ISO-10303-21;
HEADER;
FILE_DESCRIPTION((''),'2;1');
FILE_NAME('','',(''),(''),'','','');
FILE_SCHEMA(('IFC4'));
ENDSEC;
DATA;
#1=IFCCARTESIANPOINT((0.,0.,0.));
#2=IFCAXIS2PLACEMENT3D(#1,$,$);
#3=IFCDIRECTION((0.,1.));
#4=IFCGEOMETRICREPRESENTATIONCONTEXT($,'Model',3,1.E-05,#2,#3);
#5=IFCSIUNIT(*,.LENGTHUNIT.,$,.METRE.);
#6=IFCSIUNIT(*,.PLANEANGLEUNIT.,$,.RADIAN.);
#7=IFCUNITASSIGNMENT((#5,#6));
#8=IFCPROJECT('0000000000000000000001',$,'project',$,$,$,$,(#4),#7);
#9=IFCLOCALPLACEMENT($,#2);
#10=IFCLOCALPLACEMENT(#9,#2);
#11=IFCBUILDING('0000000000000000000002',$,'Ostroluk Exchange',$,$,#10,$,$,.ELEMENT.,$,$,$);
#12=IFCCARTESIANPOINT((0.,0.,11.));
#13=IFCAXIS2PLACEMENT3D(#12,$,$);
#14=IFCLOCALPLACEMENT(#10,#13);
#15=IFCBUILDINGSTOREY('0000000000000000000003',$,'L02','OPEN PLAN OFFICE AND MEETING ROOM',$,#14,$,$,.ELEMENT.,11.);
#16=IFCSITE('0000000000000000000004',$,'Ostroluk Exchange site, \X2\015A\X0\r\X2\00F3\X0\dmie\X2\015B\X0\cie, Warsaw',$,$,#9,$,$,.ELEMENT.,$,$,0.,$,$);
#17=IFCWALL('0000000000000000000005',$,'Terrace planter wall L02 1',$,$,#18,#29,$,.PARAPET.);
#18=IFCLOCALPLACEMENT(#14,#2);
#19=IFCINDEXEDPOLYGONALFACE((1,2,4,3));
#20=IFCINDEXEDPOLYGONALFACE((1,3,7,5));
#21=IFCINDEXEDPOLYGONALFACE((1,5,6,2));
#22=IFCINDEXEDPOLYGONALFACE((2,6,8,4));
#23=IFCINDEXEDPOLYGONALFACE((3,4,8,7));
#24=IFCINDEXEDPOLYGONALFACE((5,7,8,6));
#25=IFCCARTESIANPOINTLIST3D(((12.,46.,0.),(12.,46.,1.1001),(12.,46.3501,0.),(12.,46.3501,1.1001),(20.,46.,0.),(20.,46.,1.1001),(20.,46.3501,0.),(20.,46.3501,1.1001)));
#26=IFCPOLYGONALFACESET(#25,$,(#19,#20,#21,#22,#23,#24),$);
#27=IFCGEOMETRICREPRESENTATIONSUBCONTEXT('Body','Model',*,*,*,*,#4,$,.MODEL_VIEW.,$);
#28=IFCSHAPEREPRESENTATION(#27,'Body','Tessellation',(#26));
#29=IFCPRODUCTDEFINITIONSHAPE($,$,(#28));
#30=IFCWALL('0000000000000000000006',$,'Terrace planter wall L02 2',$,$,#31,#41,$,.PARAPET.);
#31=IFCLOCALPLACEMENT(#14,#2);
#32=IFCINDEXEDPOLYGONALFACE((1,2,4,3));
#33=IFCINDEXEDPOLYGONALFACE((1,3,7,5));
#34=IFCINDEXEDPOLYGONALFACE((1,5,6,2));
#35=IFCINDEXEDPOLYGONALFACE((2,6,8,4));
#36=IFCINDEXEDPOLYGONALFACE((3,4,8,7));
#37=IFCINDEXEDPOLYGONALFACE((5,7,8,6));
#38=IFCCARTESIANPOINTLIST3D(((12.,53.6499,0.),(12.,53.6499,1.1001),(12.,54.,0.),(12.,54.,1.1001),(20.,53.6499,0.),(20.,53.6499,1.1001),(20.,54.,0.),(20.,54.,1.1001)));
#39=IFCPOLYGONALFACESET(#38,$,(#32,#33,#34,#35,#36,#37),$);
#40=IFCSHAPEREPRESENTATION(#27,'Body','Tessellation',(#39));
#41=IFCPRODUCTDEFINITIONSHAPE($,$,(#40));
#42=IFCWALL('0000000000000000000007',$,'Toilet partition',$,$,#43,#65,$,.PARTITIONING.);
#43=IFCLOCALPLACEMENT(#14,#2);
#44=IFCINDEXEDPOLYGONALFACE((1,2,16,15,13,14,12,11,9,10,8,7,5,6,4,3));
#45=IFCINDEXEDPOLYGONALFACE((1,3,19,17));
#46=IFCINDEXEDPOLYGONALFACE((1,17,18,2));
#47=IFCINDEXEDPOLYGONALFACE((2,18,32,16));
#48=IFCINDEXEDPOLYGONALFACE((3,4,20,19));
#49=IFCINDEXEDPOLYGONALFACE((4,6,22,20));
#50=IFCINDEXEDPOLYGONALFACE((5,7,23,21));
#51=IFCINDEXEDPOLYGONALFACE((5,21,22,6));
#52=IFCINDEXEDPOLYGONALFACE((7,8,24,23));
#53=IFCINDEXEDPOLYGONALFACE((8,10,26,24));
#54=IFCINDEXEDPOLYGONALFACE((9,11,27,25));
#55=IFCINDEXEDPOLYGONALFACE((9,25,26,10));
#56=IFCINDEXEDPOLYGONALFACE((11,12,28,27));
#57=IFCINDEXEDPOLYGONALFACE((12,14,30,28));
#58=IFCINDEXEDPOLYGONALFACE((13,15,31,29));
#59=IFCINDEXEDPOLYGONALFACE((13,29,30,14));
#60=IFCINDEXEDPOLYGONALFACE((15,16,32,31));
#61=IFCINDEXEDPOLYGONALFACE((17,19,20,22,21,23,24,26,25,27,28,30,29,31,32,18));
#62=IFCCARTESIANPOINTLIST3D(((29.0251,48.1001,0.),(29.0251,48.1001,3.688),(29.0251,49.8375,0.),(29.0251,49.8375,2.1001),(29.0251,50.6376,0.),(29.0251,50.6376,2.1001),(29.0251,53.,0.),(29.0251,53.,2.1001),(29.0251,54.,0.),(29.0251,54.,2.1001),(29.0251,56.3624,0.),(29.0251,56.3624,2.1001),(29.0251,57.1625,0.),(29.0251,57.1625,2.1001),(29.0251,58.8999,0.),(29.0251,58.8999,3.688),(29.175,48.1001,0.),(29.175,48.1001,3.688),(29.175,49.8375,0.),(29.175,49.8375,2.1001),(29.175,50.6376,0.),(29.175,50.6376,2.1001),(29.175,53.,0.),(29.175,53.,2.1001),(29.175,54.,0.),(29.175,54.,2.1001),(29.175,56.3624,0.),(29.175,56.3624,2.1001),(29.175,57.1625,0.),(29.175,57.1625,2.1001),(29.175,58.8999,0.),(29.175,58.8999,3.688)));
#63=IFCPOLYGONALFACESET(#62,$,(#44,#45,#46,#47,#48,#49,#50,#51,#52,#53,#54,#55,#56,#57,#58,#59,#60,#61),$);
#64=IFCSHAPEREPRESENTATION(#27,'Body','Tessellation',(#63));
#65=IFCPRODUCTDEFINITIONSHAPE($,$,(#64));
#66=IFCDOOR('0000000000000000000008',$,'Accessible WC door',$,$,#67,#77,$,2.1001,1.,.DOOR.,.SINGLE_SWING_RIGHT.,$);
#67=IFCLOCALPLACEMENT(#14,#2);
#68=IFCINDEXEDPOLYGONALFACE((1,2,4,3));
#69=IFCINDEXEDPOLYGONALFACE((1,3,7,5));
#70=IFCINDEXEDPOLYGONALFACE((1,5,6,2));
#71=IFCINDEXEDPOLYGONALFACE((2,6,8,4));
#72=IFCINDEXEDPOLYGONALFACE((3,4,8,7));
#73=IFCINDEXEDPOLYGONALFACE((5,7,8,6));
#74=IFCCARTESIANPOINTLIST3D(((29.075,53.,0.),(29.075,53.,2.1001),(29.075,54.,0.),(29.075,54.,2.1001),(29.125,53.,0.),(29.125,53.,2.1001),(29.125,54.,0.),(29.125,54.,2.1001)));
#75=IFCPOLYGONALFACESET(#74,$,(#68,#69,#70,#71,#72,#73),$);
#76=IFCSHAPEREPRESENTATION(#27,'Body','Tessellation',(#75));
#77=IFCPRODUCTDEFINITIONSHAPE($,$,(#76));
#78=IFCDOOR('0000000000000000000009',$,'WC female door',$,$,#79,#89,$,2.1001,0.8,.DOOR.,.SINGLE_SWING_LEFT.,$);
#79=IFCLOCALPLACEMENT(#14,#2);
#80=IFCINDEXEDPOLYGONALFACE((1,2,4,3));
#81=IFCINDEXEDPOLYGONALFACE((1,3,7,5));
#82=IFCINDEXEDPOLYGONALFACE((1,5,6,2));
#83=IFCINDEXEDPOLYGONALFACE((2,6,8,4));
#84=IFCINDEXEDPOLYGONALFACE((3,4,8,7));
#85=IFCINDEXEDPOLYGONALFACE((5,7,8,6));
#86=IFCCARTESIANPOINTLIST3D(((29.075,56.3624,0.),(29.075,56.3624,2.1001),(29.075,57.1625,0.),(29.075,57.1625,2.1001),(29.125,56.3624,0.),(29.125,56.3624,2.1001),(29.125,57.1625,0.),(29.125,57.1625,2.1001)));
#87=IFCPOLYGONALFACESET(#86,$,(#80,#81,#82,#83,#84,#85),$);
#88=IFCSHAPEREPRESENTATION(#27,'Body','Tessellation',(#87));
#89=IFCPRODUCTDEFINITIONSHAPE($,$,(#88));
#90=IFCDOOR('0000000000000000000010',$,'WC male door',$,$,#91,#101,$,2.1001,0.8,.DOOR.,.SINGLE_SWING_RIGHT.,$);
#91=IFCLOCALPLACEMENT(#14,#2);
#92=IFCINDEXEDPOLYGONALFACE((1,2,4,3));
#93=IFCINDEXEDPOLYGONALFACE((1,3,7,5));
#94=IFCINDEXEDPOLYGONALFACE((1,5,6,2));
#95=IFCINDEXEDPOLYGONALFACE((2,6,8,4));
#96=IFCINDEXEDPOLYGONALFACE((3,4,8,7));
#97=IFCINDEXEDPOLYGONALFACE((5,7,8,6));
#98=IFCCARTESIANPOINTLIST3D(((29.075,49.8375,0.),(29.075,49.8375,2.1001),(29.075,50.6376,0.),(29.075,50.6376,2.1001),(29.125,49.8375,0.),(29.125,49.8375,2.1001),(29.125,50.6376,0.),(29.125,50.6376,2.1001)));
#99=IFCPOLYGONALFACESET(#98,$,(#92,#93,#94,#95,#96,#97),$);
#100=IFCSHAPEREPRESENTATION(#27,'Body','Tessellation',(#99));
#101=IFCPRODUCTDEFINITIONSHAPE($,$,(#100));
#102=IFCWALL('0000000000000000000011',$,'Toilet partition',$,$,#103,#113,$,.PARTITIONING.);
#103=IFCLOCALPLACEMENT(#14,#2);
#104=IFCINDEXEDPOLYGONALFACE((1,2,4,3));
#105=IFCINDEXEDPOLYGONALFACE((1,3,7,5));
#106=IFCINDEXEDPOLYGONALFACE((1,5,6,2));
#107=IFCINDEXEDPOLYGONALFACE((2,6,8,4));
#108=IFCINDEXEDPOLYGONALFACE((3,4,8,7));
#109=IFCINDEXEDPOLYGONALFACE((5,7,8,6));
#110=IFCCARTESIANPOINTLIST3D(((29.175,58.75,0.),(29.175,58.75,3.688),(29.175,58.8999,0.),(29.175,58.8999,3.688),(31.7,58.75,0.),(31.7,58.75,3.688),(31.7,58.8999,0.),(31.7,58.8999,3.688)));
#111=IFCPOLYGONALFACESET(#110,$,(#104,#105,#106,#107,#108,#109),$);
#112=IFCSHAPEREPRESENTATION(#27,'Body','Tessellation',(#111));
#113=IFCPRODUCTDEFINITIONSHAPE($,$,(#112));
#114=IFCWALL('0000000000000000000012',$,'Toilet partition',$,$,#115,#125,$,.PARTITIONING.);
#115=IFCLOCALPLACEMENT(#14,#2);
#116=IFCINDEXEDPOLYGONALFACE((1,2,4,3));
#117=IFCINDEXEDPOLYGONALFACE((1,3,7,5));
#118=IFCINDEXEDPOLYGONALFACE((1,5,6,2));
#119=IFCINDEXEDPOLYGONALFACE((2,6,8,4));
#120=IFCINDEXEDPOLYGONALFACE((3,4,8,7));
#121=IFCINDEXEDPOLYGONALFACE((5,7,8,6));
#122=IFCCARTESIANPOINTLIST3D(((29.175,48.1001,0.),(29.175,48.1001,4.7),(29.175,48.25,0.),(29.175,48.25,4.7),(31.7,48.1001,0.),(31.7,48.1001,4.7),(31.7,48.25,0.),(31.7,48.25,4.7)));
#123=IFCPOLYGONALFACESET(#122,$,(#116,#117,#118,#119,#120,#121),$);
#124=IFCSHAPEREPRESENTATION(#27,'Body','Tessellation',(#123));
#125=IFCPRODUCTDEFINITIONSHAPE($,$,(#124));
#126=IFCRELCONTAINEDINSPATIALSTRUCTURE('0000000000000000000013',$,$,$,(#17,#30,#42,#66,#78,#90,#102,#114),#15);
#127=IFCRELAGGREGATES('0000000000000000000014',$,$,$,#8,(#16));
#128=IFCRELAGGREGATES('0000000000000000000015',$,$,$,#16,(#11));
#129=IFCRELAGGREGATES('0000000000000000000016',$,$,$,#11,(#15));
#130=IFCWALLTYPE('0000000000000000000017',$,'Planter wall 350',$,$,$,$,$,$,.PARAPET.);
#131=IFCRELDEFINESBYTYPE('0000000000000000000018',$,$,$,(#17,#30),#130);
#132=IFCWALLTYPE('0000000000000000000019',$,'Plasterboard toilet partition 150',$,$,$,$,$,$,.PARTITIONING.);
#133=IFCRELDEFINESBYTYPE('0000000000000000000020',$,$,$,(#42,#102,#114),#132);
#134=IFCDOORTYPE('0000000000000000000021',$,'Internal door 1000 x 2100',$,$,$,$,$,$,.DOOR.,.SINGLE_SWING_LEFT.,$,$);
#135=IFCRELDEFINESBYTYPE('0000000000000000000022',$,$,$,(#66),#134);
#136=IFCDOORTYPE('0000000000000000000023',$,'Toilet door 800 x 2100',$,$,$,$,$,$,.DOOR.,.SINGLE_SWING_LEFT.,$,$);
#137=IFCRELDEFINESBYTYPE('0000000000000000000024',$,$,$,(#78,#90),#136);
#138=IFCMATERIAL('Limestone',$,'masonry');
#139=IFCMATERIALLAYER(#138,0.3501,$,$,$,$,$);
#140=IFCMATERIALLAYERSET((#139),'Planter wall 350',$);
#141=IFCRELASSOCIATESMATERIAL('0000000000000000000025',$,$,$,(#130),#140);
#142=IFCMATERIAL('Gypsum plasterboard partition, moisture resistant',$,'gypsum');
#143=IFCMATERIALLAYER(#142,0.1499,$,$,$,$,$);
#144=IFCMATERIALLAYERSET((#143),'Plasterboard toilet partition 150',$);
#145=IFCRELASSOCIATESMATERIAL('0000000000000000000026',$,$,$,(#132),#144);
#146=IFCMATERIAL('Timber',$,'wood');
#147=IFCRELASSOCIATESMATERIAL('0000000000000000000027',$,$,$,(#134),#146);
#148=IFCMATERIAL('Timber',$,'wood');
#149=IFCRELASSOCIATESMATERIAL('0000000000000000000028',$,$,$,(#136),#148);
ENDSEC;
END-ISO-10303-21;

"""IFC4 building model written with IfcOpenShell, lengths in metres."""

from ifc_helpers import new_model, si_unit, direction, frame, frame_2d, origin, place, context, subcontext, project, spatial, rectangle, extrude, material, layer, layer_set, type_object, element, fill, save


model = new_model("IFC4")

# Units and contexts
model_context = context("Model", 3, precision=1e-05, world=origin(), true_north=direction((0.0, 1.0)))
body_context = subcontext(model_context, "Body", "Model", "MODEL_VIEW")
ifc_project = project(units=[si_unit("LENGTHUNIT", "METRE"), si_unit("PLANEANGLEUNIT", "RADIAN")], contexts=[model_context])

# Site, building, storey
site_placement = place(None, origin())
site = spatial("IfcSite", under=ifc_project, at=site_placement, Name="Ostroluk Exchange site, Śródmieście, Warsaw", CompositionType="ELEMENT", RefElevation=0.0)
building_placement = place(site_placement, origin())
building = spatial("IfcBuilding", under=site, at=building_placement, Name="Ostroluk Exchange", CompositionType="ELEMENT")
storey_placement = place(building_placement, frame((0.0, 0.0, 11.0)))
storey = spatial("IfcBuildingStorey", under=building, at=storey_placement, Name="L02", Description="OPEN PLAN OFFICE AND MEETING ROOM", CompositionType="ELEMENT", Elevation=11.0)

# Walls
ifc_material_1 = material(Name="Limestone", Category="masonry")
ifc_layer_1 = layer(ifc_material_1, 0.3501)
ifc_layer_set_1 = layer_set([ifc_layer_1], Name="Planter wall 350")
wall_type_1 = type_object("IfcWallType", Name="Planter wall 350", PredefinedType="PARAPET", material=ifc_layer_set_1)
for number, where, z_axis, x_axis, name in (
    (1, (12.0, 46.175, 0.0), (0.0, 0.0, 1.0), (1.0, 0.0, 0.0), "Terrace planter wall L02 1"),
    (2, (12.0, 53.825, 0.0), (0.0, 0.0, 1.0), (1.0, 0.0, 0.0), "Terrace planter wall L02 2"),
):
    element("IfcWall", number, at=place(storey_placement, frame(where, z_axis=z_axis, x_axis=x_axis)), inside=storey, type_object=wall_type_1, Name=name, PredefinedType="PARAPET", context=body_context, shape_type="SweptSolid", body=[
        extrude(rectangle(XDim=8.0, YDim=0.3501, at=frame_2d((4.0, 0.0))), origin(), (0.0, 0.0, 1.0), 1.1001),
    ])

# Wall, openings, doors
ifc_material_2 = material(Name="Gypsum plasterboard partition, moisture resistant", Category="gypsum")
ifc_layer_2 = layer(ifc_material_2, 0.1499)
ifc_layer_set_2 = layer_set([ifc_layer_2], Name="Plasterboard toilet partition 150")
wall_type_2 = type_object("IfcWallType", Name="Plasterboard toilet partition 150", PredefinedType="PARTITIONING", material=ifc_layer_set_2)
wall_1_placement = place(storey_placement, frame((29.1001, 58.8999, 0.0), z_axis=(0.0, 0.0, 1.0), x_axis=(0.0, -1.0, 0.0)))
wall_1 = element("IfcWall", 3, at=wall_1_placement, inside=storey, type_object=wall_type_2, Name="Toilet partition", PredefinedType="PARTITIONING", context=body_context, shape_type="SweptSolid", body=[
    extrude(rectangle(XDim=10.7998, YDim=0.1499, at=frame_2d((5.3999, 0.0))), origin(), (0.0, 0.0, 1.0), 3.688),
])
opening_1_placement = place(wall_1_placement, frame((1.7375, 0.0, 0.0)))
opening_1 = element("IfcOpeningElement", 4, at=opening_1_placement, cuts=wall_1, PredefinedType="OPENING", context=body_context, shape_type="SweptSolid", body=[
    extrude(rectangle(XDim=0.8, YDim=2.1001, at=frame_2d((0.3999, 1.05))), frame((0.0, 0.085, 0.0), z_axis=(0.0, -1.0, 0.0), x_axis=(1.0, 0.0, 0.0)), (0.0, 0.0, 1.0), 0.1699),
])
opening_2_placement = place(wall_1_placement, frame((4.8999, 0.0, 0.0)))
opening_2 = element("IfcOpeningElement", 5, at=opening_2_placement, cuts=wall_1, PredefinedType="OPENING", context=body_context, shape_type="SweptSolid", body=[
    extrude(rectangle(XDim=1.0, YDim=2.1001, at=frame_2d((0.5, 1.05))), frame((0.0, 0.085, 0.0), z_axis=(0.0, -1.0, 0.0), x_axis=(1.0, 0.0, 0.0)), (0.0, 0.0, 1.0), 0.1699),
])
opening_3_placement = place(wall_1_placement, frame((8.2625, 0.0, 0.0)))
opening_3 = element("IfcOpeningElement", 6, at=opening_3_placement, cuts=wall_1, PredefinedType="OPENING", context=body_context, shape_type="SweptSolid", body=[
    extrude(rectangle(XDim=0.8, YDim=2.1001, at=frame_2d((0.3999, 1.05))), frame((0.0, 0.085, 0.0), z_axis=(0.0, -1.0, 0.0), x_axis=(1.0, 0.0, 0.0)), (0.0, 0.0, 1.0), 0.1699),
])
ifc_material_3 = material(Name="Timber", Category="wood")
door_type_1 = type_object("IfcDoorType", Name="Internal door 1000 x 2100", OperationType="SINGLE_SWING_LEFT", PredefinedType="DOOR", material=ifc_material_3)
door_1_placement = place(opening_2_placement, origin())
door_1 = element("IfcDoor", 7, at=door_1_placement, inside=storey, type_object=door_type_1, Name="Accessible WC door", OperationType="SINGLE_SWING_RIGHT", OverallHeight=2.1001, OverallWidth=1.0, PredefinedType="DOOR", context=body_context, shape_type="SweptSolid", body=[
    extrude(rectangle(XDim=1.0, YDim=2.1001, at=frame_2d((0.5, 1.05))), frame((0.0, 0.0249, 0.0), z_axis=(0.0, -1.0, 0.0), x_axis=(1.0, 0.0, 0.0)), (0.0, 0.0, 1.0), 0.05),
])
fill(opening_2, door_1)
ifc_material_4 = material(Name="Timber", Category="wood")
door_type_2 = type_object("IfcDoorType", Name="Toilet door 800 x 2100", OperationType="SINGLE_SWING_LEFT", PredefinedType="DOOR", material=ifc_material_4)
door_2_placement = place(opening_1_placement, origin())
door_2 = element("IfcDoor", 8, at=door_2_placement, inside=storey, type_object=door_type_2, Name="WC female door", OperationType="SINGLE_SWING_LEFT", OverallHeight=2.1001, OverallWidth=0.8, PredefinedType="DOOR", context=body_context, shape_type="SweptSolid", body=[
    extrude(rectangle(XDim=0.8, YDim=2.1001, at=frame_2d((0.3999, 1.05))), frame((0.0, 0.0249, 0.0), z_axis=(0.0, -1.0, 0.0), x_axis=(1.0, 0.0, 0.0)), (0.0, 0.0, 1.0), 0.05),
])
fill(opening_1, door_2)
door_3_placement = place(opening_3_placement, origin())
door_3 = element("IfcDoor", 9, at=door_3_placement, inside=storey, type_object=door_type_2, Name="WC male door", OperationType="SINGLE_SWING_RIGHT", OverallHeight=2.1001, OverallWidth=0.8, PredefinedType="DOOR", context=body_context, shape_type="SweptSolid", body=[
    extrude(rectangle(XDim=0.8, YDim=2.1001, at=frame_2d((0.3999, 1.05))), frame((0.0, 0.0249, 0.0), z_axis=(0.0, -1.0, 0.0), x_axis=(1.0, 0.0, 0.0)), (0.0, 0.0, 1.0), 0.05),
])
fill(opening_3, door_3)

# Walls
wall_2_placement = place(storey_placement, frame((29.175, 58.825, 0.0), z_axis=(0.0, 0.0, 1.0), x_axis=(1.0, 0.0, 0.0)))
element("IfcWall", 10, at=wall_2_placement, inside=storey, type_object=wall_type_2, Name="Toilet partition", PredefinedType="PARTITIONING", context=body_context, shape_type="SweptSolid", body=[
    extrude(rectangle(XDim=2.5249, YDim=0.1499, at=frame_2d((1.2625, 0.0))), origin(), (0.0, 0.0, 1.0), 3.688),
])
wall_3_placement = place(storey_placement, frame((29.175, 48.175, 0.0), z_axis=(0.0, 0.0, 1.0), x_axis=(1.0, 0.0, 0.0)))
element("IfcWall", 11, at=wall_3_placement, inside=storey, type_object=wall_type_2, Name="Toilet partition", PredefinedType="PARTITIONING", context=body_context, shape_type="SweptSolid", body=[
    extrude(rectangle(XDim=2.5249, YDim=0.1499, at=frame_2d((1.2625, 0.0))), origin(), (0.0, 0.0, 1.0), 4.7),
])

save(model, "model.ifc")
